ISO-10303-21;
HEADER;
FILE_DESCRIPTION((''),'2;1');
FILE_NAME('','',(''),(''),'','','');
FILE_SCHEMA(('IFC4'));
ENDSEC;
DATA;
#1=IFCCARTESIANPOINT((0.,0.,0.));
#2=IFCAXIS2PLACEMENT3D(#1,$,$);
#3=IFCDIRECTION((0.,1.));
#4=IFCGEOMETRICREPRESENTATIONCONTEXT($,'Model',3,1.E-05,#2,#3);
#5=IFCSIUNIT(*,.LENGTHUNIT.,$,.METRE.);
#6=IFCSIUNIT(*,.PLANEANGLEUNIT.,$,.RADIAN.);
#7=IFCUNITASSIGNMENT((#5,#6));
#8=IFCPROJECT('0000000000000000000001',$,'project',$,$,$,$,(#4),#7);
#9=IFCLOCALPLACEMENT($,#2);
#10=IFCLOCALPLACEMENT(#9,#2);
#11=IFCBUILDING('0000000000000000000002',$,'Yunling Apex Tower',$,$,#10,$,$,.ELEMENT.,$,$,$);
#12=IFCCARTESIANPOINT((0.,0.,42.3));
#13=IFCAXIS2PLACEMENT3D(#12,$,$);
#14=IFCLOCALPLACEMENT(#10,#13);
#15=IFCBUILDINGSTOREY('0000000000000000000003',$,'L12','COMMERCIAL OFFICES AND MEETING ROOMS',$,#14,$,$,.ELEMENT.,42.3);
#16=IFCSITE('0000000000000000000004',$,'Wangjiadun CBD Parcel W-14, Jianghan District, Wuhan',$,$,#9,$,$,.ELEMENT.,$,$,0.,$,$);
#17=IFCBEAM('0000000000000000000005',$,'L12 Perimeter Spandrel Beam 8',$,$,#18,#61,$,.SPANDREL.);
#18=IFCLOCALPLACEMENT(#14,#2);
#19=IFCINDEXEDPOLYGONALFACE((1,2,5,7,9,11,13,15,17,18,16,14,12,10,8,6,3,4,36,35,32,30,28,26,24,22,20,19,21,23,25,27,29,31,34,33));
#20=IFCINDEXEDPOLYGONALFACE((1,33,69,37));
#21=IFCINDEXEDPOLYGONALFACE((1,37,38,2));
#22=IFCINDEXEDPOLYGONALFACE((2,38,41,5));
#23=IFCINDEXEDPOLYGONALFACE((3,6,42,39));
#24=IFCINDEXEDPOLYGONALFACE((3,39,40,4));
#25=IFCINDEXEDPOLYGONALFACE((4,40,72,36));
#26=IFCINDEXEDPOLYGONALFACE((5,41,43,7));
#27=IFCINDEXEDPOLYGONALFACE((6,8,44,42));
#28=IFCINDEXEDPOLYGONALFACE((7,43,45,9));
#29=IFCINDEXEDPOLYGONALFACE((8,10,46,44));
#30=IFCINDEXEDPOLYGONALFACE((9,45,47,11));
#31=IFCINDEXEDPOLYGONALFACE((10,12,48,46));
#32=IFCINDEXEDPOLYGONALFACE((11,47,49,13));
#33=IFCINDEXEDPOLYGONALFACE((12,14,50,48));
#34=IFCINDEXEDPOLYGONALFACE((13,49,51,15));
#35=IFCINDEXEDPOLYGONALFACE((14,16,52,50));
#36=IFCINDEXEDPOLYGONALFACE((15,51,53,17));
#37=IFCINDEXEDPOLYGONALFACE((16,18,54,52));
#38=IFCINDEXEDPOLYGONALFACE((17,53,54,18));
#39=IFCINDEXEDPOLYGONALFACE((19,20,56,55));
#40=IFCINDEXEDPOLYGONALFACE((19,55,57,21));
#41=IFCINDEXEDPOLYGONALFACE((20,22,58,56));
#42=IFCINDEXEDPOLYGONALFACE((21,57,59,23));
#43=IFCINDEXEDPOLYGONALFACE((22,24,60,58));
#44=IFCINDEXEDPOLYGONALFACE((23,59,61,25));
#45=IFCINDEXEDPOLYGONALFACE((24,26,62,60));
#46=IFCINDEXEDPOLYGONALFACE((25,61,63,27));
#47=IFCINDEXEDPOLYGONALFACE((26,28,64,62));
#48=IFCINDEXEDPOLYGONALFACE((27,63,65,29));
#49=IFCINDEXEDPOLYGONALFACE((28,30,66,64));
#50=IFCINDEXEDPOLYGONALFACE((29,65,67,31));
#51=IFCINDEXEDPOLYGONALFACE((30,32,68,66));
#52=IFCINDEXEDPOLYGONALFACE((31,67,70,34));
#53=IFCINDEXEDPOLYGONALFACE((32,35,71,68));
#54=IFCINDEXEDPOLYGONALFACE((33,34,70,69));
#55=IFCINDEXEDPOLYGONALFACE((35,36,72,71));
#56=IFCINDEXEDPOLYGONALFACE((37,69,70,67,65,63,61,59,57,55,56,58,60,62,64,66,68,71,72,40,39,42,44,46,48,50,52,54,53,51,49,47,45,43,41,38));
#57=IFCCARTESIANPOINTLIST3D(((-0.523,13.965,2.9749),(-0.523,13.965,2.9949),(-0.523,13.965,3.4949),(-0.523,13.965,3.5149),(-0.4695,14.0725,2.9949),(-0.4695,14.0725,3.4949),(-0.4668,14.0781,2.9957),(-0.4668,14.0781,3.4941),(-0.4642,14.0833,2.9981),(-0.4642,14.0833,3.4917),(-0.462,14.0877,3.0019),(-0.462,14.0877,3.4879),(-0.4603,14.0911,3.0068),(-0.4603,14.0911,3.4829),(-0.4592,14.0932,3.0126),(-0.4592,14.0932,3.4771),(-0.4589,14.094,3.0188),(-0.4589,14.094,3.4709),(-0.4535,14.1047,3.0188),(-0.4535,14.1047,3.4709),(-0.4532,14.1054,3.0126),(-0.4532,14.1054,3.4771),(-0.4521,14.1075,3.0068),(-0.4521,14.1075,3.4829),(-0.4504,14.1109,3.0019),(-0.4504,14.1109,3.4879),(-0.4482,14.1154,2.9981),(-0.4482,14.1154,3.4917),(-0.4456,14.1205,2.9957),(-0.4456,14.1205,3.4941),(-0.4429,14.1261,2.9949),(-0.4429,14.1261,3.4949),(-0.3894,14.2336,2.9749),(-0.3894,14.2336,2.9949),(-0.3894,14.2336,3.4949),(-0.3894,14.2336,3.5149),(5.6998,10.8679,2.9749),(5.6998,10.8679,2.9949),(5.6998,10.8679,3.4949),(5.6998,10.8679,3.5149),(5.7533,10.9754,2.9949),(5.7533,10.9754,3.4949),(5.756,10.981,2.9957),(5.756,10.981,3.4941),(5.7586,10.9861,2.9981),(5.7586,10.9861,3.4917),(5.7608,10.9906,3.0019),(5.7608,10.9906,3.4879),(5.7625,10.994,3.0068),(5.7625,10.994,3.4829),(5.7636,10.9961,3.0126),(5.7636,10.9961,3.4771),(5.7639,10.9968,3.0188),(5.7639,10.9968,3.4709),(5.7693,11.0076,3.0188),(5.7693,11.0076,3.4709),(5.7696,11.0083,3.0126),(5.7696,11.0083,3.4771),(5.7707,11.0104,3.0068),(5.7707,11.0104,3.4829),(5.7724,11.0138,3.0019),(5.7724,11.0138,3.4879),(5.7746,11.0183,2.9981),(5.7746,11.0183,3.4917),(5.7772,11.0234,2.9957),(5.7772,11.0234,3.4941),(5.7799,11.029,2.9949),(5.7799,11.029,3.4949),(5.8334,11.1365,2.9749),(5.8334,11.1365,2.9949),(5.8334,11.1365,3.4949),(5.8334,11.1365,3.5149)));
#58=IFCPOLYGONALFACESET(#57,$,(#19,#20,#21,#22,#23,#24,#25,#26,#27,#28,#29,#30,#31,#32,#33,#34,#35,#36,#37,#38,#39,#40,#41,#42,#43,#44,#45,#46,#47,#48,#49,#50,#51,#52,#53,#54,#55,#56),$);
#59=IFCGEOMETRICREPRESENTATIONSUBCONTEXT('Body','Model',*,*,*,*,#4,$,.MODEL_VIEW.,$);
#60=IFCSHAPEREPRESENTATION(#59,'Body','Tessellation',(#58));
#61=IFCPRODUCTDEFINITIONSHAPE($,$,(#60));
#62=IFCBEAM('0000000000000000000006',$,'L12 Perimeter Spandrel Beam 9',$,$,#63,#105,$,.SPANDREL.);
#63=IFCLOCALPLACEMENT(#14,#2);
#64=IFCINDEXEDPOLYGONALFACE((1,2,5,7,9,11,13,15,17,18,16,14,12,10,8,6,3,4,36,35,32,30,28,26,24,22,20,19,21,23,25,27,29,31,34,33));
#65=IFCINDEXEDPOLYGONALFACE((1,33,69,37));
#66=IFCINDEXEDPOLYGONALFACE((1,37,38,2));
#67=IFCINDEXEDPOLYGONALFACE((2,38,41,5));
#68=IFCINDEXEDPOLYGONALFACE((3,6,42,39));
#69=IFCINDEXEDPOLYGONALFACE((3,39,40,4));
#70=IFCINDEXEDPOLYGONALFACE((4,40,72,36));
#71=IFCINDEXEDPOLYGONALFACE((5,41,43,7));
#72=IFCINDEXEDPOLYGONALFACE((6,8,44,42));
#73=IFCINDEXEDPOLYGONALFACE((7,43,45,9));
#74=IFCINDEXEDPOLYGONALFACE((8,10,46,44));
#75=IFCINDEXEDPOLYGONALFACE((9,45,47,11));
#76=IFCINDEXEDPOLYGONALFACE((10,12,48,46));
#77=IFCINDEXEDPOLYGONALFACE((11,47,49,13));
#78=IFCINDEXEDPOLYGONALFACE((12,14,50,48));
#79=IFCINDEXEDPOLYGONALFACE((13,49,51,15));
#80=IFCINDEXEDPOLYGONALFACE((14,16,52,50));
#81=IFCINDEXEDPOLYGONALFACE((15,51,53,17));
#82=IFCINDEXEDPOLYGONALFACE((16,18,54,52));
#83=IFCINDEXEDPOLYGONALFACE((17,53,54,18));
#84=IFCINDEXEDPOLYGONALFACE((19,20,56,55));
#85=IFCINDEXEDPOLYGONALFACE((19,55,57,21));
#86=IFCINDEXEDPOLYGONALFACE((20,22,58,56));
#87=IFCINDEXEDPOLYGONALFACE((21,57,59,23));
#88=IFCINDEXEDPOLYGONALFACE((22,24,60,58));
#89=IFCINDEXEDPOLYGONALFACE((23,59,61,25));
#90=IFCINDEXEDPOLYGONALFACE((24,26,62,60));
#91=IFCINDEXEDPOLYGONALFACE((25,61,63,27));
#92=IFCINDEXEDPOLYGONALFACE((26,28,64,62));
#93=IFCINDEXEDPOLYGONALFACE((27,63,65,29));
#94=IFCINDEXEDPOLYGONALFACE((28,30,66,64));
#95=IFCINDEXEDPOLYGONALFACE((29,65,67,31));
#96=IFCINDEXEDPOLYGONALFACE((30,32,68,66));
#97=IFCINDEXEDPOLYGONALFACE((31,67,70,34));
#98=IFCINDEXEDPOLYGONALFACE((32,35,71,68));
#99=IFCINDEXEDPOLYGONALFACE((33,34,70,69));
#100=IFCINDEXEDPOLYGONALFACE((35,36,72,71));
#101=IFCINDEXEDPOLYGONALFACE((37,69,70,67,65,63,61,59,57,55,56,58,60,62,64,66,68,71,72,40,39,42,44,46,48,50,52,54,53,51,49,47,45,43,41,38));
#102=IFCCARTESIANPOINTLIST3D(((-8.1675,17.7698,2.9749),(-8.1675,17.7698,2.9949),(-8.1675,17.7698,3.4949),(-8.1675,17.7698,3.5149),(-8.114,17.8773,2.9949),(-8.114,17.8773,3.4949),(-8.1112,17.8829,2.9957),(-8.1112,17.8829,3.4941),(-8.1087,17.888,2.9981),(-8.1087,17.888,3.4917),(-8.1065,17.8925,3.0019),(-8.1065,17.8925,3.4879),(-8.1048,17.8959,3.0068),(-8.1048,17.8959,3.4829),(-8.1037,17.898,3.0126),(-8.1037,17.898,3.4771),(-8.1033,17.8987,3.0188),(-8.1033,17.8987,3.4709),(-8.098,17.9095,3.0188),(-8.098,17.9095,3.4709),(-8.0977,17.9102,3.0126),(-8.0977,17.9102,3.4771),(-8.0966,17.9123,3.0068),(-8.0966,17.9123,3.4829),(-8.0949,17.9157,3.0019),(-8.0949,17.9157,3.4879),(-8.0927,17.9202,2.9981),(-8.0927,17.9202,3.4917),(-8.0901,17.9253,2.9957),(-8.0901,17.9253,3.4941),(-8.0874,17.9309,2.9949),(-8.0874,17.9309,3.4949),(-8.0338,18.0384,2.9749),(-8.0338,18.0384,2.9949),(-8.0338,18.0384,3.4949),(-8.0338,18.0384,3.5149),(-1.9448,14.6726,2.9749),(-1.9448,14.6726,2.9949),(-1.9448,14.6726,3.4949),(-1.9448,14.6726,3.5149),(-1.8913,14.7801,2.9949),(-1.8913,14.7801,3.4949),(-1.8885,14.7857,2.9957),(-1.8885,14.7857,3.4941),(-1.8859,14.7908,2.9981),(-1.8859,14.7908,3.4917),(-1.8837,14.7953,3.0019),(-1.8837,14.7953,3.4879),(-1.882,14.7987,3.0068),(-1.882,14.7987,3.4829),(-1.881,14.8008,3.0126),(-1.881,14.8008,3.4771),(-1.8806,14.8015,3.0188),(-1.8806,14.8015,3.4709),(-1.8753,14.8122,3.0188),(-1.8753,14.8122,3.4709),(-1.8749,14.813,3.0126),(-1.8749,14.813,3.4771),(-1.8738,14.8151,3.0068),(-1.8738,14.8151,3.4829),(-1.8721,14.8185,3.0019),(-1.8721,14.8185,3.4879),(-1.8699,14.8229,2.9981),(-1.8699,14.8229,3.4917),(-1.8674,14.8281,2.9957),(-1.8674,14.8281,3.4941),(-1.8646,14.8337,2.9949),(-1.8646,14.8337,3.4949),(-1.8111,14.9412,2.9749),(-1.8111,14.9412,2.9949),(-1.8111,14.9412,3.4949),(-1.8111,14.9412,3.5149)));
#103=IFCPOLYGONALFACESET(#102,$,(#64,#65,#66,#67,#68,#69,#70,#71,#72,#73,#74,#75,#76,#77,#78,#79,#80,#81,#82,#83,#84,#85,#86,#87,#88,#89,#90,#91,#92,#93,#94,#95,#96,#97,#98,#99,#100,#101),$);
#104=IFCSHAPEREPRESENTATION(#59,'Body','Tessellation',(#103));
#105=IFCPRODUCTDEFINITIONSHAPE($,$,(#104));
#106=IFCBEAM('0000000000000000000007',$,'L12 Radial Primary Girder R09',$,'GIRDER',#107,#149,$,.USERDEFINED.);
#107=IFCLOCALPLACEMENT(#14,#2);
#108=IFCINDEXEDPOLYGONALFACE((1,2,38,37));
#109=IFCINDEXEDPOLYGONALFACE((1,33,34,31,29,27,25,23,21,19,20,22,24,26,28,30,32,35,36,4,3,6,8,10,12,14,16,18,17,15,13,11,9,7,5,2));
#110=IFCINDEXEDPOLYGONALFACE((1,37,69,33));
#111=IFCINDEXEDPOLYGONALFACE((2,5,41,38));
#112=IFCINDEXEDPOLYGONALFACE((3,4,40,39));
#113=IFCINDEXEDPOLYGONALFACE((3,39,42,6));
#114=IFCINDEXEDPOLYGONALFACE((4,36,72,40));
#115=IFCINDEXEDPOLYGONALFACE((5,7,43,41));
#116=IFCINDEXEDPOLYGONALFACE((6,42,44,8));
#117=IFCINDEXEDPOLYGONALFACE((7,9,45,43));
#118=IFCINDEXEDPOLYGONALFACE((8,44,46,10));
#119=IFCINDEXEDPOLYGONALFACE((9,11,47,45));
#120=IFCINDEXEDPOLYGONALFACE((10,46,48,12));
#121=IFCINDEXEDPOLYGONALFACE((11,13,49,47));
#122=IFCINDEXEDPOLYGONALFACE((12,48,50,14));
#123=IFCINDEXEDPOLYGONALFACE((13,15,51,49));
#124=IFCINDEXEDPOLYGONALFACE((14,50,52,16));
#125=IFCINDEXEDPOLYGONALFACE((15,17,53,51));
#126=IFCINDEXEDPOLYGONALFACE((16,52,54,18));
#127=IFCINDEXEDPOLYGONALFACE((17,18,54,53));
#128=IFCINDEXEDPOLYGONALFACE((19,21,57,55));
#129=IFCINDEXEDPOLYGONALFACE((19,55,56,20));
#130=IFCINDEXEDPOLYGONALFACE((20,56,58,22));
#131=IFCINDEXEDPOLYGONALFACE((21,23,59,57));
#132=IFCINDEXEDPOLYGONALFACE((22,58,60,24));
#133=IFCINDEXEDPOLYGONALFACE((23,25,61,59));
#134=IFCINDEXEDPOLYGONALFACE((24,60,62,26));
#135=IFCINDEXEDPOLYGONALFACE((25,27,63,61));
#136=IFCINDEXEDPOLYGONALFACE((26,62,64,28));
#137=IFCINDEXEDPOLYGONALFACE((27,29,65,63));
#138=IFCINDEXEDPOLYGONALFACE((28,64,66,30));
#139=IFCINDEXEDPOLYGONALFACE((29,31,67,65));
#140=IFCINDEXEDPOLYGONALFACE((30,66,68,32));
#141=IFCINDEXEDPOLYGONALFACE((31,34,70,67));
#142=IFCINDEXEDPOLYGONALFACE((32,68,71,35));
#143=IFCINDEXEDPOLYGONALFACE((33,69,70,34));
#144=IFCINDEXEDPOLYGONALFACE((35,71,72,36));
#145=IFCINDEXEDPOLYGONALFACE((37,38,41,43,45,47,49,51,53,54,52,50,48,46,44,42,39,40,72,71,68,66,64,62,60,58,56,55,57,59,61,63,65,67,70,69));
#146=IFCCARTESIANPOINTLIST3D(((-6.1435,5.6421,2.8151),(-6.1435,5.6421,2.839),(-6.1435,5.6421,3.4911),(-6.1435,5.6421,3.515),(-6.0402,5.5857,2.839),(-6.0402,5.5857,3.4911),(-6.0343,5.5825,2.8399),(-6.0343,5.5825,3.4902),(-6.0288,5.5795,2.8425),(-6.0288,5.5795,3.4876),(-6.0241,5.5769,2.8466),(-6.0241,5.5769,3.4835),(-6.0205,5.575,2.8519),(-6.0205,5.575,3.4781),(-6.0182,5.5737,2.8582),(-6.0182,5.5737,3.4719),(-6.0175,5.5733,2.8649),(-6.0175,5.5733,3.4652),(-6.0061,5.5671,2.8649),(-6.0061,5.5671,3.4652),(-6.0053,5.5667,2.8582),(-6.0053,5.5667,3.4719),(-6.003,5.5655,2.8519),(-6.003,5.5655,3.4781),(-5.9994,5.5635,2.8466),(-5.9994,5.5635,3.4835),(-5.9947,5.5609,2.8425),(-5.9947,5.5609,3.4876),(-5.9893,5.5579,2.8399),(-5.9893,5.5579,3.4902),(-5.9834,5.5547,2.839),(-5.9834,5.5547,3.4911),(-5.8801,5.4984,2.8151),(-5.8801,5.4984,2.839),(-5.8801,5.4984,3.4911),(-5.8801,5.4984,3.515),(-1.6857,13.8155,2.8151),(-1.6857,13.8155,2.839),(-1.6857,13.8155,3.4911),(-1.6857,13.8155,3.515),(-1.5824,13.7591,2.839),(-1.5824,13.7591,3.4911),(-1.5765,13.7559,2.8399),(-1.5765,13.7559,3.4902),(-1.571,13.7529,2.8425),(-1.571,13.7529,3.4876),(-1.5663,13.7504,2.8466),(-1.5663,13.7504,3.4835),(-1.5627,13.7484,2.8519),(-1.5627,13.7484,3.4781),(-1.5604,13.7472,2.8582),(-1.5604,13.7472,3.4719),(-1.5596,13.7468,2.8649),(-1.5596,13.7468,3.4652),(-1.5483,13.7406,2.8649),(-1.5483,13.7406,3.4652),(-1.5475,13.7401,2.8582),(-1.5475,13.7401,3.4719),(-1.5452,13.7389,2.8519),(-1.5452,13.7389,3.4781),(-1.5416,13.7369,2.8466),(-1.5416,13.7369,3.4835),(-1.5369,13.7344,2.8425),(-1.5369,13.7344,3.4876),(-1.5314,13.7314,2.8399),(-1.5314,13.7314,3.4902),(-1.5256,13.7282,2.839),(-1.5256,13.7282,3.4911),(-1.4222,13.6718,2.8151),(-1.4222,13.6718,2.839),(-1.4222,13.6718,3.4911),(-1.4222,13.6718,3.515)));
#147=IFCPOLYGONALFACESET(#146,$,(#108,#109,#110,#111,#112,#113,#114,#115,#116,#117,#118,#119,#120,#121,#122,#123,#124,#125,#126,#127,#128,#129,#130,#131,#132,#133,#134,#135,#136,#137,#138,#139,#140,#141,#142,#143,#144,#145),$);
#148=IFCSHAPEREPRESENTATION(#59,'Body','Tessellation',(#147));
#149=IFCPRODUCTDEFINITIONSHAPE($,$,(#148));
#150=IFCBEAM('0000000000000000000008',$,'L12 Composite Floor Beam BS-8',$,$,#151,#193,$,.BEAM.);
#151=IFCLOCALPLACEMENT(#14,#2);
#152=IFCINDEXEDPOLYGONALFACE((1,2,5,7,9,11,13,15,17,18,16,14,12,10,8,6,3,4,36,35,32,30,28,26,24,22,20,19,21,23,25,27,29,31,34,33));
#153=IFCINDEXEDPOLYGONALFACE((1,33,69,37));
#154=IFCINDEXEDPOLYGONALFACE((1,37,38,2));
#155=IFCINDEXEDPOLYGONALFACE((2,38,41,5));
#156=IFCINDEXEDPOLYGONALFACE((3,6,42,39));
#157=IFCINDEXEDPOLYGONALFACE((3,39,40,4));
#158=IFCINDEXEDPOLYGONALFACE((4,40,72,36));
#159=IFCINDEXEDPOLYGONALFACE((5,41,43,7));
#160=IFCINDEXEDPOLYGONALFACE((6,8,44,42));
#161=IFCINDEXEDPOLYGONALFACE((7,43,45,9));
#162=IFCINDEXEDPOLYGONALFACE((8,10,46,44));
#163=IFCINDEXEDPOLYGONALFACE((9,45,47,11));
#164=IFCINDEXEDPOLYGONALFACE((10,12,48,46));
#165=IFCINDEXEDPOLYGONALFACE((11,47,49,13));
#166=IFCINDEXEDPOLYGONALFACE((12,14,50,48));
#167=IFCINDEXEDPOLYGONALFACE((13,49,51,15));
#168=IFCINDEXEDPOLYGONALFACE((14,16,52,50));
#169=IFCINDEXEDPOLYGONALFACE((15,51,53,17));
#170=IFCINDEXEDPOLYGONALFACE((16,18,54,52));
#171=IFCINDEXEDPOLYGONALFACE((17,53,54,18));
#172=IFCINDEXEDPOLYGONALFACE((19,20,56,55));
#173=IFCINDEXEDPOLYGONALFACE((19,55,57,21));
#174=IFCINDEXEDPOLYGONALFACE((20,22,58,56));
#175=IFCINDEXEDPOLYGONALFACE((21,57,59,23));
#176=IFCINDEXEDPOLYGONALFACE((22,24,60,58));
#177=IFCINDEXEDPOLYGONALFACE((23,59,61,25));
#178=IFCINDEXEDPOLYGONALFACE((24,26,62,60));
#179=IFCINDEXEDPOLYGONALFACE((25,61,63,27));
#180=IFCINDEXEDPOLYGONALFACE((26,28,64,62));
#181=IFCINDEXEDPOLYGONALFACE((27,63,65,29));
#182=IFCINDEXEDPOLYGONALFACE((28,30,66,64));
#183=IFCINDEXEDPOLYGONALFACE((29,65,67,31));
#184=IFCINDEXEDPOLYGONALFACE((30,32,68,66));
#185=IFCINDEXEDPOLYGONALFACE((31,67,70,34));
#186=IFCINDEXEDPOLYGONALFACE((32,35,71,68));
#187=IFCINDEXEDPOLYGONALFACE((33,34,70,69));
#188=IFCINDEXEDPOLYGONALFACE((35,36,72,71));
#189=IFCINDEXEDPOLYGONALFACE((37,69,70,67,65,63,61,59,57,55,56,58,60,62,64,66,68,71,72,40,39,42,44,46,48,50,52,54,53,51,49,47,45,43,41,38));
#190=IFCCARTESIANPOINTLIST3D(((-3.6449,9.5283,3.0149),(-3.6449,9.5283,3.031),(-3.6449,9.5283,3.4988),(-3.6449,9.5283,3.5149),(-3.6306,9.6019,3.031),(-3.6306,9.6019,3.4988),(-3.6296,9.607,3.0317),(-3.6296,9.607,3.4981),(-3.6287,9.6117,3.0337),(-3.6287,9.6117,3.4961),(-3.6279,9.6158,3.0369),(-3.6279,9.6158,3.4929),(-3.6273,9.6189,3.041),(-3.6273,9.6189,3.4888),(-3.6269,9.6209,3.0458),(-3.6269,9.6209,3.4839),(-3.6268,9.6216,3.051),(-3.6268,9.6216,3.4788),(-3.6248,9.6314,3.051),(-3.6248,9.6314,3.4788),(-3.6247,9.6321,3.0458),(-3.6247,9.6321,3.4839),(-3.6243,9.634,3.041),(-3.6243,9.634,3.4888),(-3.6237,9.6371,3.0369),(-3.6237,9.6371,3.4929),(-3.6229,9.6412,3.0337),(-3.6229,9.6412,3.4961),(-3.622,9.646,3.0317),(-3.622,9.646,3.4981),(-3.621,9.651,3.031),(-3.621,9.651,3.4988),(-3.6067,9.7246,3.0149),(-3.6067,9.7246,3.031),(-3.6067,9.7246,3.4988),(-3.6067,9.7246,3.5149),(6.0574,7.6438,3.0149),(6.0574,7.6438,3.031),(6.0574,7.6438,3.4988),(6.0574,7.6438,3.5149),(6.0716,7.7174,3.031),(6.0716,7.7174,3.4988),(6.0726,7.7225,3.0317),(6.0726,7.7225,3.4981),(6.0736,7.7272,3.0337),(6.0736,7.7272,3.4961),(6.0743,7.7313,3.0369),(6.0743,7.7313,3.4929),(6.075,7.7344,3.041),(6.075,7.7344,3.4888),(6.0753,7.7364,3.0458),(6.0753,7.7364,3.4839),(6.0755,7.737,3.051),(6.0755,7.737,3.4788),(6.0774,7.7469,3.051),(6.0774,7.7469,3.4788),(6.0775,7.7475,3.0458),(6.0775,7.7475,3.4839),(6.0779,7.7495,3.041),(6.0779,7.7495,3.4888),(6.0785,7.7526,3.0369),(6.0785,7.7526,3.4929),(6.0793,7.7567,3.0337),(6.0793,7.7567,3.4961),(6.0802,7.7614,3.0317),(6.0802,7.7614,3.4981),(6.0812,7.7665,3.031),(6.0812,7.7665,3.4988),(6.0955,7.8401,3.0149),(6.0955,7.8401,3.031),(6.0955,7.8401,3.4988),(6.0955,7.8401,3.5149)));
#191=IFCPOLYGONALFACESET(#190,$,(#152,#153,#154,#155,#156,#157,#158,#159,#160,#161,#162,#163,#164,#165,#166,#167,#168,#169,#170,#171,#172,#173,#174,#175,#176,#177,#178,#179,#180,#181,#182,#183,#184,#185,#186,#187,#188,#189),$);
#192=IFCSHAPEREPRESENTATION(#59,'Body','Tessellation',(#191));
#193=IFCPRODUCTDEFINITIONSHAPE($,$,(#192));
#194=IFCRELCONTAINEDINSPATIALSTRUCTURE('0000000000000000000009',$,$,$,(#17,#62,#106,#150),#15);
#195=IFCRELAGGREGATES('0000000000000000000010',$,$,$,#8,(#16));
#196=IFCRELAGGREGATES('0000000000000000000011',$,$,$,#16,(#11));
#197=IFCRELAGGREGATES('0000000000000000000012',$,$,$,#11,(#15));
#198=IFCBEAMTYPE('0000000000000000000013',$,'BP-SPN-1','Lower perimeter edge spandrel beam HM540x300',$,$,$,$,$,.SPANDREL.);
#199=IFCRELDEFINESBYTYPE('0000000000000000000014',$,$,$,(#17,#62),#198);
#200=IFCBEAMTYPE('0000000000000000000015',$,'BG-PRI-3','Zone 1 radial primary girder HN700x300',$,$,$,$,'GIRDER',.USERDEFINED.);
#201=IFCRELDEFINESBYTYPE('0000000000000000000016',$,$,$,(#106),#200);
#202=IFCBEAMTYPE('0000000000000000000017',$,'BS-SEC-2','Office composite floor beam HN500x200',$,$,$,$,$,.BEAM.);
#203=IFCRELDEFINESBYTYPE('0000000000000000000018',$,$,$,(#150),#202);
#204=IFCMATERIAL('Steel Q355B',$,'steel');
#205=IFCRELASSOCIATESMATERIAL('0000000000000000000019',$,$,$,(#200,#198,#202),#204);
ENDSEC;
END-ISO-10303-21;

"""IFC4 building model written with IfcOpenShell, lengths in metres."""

from ifc_helpers import new_model, si_unit, direction, frame, origin, origin_2d, place, context, subcontext, project, spatial, i_section, extrude, source, transform, mapped, material, material_profile, profile_set, type_object, element, save


model = new_model("IFC4")

# Units and contexts
model_context = context("Model", 3, precision=1e-05, world=origin(), true_north=direction((0.0, 1.0)))
body_context = subcontext(model_context, "Body", "Model", "MODEL_VIEW")
ifc_project = project(units=[si_unit("LENGTHUNIT", "METRE"), si_unit("PLANEANGLEUNIT", "RADIAN")], contexts=[model_context])

# Site, building, storey
site_placement = place(None, origin())
site = spatial("IfcSite", under=ifc_project, at=site_placement, Name="Wangjiadun CBD Parcel W-14, Jianghan District, Wuhan", CompositionType="ELEMENT", RefElevation=0.0)
building_placement = place(site_placement, origin())
building = spatial("IfcBuilding", under=site, at=building_placement, Name="Yunling Apex Tower", CompositionType="ELEMENT")
storey_placement = place(building_placement, frame((0.0, 0.0, 42.3)))
storey = spatial("IfcBuildingStorey", under=building, at=storey_placement, Name="L12", Description="COMMERCIAL OFFICES AND MEETING ROOMS", CompositionType="ELEMENT", Elevation=42.3)

# Beams
ifc_material_1 = material(Name="Steel Q355B", Category="steel")
ifc_material_profile_1 = material_profile(ifc_material_1, i_section(OverallWidth=0.3, OverallDepth=0.7, WebThickness=0.0129, FlangeThickness=0.0239, FilletRadius=0.0259, at=origin_2d()))
ifc_profile_set_1 = profile_set([ifc_material_profile_1], Name="Steel Q355B")
beam_type_1 = type_object("IfcBeamType", Name="BG-PRI-3", Description="Zone 1 radial primary girder HN700x300", ElementType="GIRDER", PredefinedType="USERDEFINED", material=ifc_profile_set_1)
ifc_material_profile_2 = material_profile(ifc_material_1, i_section(OverallWidth=0.3, OverallDepth=0.54, WebThickness=0.012, FlangeThickness=0.02, FilletRadius=0.0239, at=origin_2d()))
ifc_profile_set_2 = profile_set([ifc_material_profile_2], Name="Steel Q355B")
beam_type_2 = type_object("IfcBeamType", Name="BP-SPN-1", Description="Lower perimeter edge spandrel beam HM540x300", PredefinedType="SPANDREL", material=ifc_profile_set_2)
shared_shape_1 = source(origin(), body_context, "Body", "SweptSolid", [
    extrude(i_section(OverallWidth=0.3, OverallDepth=0.54, WebThickness=0.012, FlangeThickness=0.02, FilletRadius=0.0239, at=origin_2d()), origin(), (0.0, 0.0, 1.0), 6.9509),
])
for number, where, z_axis, x_axis, name in (
    (1, (5.7666, 11.0022, 3.2449), (-0.895248, 0.445569, 0.0), (-0.445569, -0.895248, 0.0), "L12 Perimeter Spandrel Beam 8"),
    (2, (-1.8779, 14.8069, 3.2449), (-0.895241, 0.445583, 0.0), (-0.445583, -0.895241, 0.0), "L12 Perimeter Spandrel Beam 9"),
):
    element("IfcBeam", number, at=place(storey_placement, frame(where, z_axis=z_axis, x_axis=x_axis)), inside=storey, type_object=beam_type_2, Name=name, PredefinedType="SPANDREL", context=body_context, shape_type="MappedRepresentation", body=[
        mapped(shared_shape_1, transform((0.0, 0.0, 0.0), scale=1.0)),
    ])
shared_shape_2 = source(origin(), body_context, "Body", "SweptSolid", [
    extrude(i_section(OverallWidth=0.3, OverallDepth=0.7, WebThickness=0.0129, FlangeThickness=0.0239, FilletRadius=0.0259, at=origin_2d()), origin(), (0.0, 0.0, 1.0), 9.3101),
])
beam_1_placement = place(storey_placement, frame((-1.554, 13.7437, 3.165), z_axis=(-0.478817, -0.877915, 0.0), x_axis=(0.877915, -0.478817, 0.0)))
element("IfcBeam", 3, at=beam_1_placement, inside=storey, type_object=beam_type_1, Name="L12 Radial Primary Girder R09", ObjectType="GIRDER", PredefinedType="USERDEFINED", context=body_context, shape_type="MappedRepresentation", body=[
    mapped(shared_shape_2, transform((0.0, 0.0, 0.0), scale=1.0)),
])
ifc_material_profile_3 = material_profile(ifc_material_1, i_section(OverallWidth=0.2, OverallDepth=0.5, WebThickness=0.01, FlangeThickness=0.0161, FilletRadius=0.02, at=origin_2d()))
ifc_profile_set_3 = profile_set([ifc_material_profile_3], Name="Steel Q355B")
beam_type_3 = type_object("IfcBeamType", Name="BS-SEC-2", Description="Office composite floor beam HN500x200", PredefinedType="BEAM", material=ifc_profile_set_3)
shared_shape_3 = source(origin(), body_context, "Body", "SweptSolid", [
    extrude(i_section(OverallWidth=0.2, OverallDepth=0.5, WebThickness=0.01, FlangeThickness=0.0161, FilletRadius=0.02, at=origin_2d()), origin(), (0.0, 0.0, 1.0), 9.8835),
])
beam_2_placement = place(storey_placement, frame((6.0764, 7.7419, 3.2649), z_axis=(-0.981653, 0.190674, 0.0), x_axis=(-0.190674, -0.981653, 0.0)))
element("IfcBeam", 4, at=beam_2_placement, inside=storey, type_object=beam_type_3, Name="L12 Composite Floor Beam BS-8", PredefinedType="BEAM", context=body_context, shape_type="MappedRepresentation", body=[
    mapped(shared_shape_3, transform((0.0, 0.0, 0.0), scale=1.0)),
])

save(model, "model.ifc")
